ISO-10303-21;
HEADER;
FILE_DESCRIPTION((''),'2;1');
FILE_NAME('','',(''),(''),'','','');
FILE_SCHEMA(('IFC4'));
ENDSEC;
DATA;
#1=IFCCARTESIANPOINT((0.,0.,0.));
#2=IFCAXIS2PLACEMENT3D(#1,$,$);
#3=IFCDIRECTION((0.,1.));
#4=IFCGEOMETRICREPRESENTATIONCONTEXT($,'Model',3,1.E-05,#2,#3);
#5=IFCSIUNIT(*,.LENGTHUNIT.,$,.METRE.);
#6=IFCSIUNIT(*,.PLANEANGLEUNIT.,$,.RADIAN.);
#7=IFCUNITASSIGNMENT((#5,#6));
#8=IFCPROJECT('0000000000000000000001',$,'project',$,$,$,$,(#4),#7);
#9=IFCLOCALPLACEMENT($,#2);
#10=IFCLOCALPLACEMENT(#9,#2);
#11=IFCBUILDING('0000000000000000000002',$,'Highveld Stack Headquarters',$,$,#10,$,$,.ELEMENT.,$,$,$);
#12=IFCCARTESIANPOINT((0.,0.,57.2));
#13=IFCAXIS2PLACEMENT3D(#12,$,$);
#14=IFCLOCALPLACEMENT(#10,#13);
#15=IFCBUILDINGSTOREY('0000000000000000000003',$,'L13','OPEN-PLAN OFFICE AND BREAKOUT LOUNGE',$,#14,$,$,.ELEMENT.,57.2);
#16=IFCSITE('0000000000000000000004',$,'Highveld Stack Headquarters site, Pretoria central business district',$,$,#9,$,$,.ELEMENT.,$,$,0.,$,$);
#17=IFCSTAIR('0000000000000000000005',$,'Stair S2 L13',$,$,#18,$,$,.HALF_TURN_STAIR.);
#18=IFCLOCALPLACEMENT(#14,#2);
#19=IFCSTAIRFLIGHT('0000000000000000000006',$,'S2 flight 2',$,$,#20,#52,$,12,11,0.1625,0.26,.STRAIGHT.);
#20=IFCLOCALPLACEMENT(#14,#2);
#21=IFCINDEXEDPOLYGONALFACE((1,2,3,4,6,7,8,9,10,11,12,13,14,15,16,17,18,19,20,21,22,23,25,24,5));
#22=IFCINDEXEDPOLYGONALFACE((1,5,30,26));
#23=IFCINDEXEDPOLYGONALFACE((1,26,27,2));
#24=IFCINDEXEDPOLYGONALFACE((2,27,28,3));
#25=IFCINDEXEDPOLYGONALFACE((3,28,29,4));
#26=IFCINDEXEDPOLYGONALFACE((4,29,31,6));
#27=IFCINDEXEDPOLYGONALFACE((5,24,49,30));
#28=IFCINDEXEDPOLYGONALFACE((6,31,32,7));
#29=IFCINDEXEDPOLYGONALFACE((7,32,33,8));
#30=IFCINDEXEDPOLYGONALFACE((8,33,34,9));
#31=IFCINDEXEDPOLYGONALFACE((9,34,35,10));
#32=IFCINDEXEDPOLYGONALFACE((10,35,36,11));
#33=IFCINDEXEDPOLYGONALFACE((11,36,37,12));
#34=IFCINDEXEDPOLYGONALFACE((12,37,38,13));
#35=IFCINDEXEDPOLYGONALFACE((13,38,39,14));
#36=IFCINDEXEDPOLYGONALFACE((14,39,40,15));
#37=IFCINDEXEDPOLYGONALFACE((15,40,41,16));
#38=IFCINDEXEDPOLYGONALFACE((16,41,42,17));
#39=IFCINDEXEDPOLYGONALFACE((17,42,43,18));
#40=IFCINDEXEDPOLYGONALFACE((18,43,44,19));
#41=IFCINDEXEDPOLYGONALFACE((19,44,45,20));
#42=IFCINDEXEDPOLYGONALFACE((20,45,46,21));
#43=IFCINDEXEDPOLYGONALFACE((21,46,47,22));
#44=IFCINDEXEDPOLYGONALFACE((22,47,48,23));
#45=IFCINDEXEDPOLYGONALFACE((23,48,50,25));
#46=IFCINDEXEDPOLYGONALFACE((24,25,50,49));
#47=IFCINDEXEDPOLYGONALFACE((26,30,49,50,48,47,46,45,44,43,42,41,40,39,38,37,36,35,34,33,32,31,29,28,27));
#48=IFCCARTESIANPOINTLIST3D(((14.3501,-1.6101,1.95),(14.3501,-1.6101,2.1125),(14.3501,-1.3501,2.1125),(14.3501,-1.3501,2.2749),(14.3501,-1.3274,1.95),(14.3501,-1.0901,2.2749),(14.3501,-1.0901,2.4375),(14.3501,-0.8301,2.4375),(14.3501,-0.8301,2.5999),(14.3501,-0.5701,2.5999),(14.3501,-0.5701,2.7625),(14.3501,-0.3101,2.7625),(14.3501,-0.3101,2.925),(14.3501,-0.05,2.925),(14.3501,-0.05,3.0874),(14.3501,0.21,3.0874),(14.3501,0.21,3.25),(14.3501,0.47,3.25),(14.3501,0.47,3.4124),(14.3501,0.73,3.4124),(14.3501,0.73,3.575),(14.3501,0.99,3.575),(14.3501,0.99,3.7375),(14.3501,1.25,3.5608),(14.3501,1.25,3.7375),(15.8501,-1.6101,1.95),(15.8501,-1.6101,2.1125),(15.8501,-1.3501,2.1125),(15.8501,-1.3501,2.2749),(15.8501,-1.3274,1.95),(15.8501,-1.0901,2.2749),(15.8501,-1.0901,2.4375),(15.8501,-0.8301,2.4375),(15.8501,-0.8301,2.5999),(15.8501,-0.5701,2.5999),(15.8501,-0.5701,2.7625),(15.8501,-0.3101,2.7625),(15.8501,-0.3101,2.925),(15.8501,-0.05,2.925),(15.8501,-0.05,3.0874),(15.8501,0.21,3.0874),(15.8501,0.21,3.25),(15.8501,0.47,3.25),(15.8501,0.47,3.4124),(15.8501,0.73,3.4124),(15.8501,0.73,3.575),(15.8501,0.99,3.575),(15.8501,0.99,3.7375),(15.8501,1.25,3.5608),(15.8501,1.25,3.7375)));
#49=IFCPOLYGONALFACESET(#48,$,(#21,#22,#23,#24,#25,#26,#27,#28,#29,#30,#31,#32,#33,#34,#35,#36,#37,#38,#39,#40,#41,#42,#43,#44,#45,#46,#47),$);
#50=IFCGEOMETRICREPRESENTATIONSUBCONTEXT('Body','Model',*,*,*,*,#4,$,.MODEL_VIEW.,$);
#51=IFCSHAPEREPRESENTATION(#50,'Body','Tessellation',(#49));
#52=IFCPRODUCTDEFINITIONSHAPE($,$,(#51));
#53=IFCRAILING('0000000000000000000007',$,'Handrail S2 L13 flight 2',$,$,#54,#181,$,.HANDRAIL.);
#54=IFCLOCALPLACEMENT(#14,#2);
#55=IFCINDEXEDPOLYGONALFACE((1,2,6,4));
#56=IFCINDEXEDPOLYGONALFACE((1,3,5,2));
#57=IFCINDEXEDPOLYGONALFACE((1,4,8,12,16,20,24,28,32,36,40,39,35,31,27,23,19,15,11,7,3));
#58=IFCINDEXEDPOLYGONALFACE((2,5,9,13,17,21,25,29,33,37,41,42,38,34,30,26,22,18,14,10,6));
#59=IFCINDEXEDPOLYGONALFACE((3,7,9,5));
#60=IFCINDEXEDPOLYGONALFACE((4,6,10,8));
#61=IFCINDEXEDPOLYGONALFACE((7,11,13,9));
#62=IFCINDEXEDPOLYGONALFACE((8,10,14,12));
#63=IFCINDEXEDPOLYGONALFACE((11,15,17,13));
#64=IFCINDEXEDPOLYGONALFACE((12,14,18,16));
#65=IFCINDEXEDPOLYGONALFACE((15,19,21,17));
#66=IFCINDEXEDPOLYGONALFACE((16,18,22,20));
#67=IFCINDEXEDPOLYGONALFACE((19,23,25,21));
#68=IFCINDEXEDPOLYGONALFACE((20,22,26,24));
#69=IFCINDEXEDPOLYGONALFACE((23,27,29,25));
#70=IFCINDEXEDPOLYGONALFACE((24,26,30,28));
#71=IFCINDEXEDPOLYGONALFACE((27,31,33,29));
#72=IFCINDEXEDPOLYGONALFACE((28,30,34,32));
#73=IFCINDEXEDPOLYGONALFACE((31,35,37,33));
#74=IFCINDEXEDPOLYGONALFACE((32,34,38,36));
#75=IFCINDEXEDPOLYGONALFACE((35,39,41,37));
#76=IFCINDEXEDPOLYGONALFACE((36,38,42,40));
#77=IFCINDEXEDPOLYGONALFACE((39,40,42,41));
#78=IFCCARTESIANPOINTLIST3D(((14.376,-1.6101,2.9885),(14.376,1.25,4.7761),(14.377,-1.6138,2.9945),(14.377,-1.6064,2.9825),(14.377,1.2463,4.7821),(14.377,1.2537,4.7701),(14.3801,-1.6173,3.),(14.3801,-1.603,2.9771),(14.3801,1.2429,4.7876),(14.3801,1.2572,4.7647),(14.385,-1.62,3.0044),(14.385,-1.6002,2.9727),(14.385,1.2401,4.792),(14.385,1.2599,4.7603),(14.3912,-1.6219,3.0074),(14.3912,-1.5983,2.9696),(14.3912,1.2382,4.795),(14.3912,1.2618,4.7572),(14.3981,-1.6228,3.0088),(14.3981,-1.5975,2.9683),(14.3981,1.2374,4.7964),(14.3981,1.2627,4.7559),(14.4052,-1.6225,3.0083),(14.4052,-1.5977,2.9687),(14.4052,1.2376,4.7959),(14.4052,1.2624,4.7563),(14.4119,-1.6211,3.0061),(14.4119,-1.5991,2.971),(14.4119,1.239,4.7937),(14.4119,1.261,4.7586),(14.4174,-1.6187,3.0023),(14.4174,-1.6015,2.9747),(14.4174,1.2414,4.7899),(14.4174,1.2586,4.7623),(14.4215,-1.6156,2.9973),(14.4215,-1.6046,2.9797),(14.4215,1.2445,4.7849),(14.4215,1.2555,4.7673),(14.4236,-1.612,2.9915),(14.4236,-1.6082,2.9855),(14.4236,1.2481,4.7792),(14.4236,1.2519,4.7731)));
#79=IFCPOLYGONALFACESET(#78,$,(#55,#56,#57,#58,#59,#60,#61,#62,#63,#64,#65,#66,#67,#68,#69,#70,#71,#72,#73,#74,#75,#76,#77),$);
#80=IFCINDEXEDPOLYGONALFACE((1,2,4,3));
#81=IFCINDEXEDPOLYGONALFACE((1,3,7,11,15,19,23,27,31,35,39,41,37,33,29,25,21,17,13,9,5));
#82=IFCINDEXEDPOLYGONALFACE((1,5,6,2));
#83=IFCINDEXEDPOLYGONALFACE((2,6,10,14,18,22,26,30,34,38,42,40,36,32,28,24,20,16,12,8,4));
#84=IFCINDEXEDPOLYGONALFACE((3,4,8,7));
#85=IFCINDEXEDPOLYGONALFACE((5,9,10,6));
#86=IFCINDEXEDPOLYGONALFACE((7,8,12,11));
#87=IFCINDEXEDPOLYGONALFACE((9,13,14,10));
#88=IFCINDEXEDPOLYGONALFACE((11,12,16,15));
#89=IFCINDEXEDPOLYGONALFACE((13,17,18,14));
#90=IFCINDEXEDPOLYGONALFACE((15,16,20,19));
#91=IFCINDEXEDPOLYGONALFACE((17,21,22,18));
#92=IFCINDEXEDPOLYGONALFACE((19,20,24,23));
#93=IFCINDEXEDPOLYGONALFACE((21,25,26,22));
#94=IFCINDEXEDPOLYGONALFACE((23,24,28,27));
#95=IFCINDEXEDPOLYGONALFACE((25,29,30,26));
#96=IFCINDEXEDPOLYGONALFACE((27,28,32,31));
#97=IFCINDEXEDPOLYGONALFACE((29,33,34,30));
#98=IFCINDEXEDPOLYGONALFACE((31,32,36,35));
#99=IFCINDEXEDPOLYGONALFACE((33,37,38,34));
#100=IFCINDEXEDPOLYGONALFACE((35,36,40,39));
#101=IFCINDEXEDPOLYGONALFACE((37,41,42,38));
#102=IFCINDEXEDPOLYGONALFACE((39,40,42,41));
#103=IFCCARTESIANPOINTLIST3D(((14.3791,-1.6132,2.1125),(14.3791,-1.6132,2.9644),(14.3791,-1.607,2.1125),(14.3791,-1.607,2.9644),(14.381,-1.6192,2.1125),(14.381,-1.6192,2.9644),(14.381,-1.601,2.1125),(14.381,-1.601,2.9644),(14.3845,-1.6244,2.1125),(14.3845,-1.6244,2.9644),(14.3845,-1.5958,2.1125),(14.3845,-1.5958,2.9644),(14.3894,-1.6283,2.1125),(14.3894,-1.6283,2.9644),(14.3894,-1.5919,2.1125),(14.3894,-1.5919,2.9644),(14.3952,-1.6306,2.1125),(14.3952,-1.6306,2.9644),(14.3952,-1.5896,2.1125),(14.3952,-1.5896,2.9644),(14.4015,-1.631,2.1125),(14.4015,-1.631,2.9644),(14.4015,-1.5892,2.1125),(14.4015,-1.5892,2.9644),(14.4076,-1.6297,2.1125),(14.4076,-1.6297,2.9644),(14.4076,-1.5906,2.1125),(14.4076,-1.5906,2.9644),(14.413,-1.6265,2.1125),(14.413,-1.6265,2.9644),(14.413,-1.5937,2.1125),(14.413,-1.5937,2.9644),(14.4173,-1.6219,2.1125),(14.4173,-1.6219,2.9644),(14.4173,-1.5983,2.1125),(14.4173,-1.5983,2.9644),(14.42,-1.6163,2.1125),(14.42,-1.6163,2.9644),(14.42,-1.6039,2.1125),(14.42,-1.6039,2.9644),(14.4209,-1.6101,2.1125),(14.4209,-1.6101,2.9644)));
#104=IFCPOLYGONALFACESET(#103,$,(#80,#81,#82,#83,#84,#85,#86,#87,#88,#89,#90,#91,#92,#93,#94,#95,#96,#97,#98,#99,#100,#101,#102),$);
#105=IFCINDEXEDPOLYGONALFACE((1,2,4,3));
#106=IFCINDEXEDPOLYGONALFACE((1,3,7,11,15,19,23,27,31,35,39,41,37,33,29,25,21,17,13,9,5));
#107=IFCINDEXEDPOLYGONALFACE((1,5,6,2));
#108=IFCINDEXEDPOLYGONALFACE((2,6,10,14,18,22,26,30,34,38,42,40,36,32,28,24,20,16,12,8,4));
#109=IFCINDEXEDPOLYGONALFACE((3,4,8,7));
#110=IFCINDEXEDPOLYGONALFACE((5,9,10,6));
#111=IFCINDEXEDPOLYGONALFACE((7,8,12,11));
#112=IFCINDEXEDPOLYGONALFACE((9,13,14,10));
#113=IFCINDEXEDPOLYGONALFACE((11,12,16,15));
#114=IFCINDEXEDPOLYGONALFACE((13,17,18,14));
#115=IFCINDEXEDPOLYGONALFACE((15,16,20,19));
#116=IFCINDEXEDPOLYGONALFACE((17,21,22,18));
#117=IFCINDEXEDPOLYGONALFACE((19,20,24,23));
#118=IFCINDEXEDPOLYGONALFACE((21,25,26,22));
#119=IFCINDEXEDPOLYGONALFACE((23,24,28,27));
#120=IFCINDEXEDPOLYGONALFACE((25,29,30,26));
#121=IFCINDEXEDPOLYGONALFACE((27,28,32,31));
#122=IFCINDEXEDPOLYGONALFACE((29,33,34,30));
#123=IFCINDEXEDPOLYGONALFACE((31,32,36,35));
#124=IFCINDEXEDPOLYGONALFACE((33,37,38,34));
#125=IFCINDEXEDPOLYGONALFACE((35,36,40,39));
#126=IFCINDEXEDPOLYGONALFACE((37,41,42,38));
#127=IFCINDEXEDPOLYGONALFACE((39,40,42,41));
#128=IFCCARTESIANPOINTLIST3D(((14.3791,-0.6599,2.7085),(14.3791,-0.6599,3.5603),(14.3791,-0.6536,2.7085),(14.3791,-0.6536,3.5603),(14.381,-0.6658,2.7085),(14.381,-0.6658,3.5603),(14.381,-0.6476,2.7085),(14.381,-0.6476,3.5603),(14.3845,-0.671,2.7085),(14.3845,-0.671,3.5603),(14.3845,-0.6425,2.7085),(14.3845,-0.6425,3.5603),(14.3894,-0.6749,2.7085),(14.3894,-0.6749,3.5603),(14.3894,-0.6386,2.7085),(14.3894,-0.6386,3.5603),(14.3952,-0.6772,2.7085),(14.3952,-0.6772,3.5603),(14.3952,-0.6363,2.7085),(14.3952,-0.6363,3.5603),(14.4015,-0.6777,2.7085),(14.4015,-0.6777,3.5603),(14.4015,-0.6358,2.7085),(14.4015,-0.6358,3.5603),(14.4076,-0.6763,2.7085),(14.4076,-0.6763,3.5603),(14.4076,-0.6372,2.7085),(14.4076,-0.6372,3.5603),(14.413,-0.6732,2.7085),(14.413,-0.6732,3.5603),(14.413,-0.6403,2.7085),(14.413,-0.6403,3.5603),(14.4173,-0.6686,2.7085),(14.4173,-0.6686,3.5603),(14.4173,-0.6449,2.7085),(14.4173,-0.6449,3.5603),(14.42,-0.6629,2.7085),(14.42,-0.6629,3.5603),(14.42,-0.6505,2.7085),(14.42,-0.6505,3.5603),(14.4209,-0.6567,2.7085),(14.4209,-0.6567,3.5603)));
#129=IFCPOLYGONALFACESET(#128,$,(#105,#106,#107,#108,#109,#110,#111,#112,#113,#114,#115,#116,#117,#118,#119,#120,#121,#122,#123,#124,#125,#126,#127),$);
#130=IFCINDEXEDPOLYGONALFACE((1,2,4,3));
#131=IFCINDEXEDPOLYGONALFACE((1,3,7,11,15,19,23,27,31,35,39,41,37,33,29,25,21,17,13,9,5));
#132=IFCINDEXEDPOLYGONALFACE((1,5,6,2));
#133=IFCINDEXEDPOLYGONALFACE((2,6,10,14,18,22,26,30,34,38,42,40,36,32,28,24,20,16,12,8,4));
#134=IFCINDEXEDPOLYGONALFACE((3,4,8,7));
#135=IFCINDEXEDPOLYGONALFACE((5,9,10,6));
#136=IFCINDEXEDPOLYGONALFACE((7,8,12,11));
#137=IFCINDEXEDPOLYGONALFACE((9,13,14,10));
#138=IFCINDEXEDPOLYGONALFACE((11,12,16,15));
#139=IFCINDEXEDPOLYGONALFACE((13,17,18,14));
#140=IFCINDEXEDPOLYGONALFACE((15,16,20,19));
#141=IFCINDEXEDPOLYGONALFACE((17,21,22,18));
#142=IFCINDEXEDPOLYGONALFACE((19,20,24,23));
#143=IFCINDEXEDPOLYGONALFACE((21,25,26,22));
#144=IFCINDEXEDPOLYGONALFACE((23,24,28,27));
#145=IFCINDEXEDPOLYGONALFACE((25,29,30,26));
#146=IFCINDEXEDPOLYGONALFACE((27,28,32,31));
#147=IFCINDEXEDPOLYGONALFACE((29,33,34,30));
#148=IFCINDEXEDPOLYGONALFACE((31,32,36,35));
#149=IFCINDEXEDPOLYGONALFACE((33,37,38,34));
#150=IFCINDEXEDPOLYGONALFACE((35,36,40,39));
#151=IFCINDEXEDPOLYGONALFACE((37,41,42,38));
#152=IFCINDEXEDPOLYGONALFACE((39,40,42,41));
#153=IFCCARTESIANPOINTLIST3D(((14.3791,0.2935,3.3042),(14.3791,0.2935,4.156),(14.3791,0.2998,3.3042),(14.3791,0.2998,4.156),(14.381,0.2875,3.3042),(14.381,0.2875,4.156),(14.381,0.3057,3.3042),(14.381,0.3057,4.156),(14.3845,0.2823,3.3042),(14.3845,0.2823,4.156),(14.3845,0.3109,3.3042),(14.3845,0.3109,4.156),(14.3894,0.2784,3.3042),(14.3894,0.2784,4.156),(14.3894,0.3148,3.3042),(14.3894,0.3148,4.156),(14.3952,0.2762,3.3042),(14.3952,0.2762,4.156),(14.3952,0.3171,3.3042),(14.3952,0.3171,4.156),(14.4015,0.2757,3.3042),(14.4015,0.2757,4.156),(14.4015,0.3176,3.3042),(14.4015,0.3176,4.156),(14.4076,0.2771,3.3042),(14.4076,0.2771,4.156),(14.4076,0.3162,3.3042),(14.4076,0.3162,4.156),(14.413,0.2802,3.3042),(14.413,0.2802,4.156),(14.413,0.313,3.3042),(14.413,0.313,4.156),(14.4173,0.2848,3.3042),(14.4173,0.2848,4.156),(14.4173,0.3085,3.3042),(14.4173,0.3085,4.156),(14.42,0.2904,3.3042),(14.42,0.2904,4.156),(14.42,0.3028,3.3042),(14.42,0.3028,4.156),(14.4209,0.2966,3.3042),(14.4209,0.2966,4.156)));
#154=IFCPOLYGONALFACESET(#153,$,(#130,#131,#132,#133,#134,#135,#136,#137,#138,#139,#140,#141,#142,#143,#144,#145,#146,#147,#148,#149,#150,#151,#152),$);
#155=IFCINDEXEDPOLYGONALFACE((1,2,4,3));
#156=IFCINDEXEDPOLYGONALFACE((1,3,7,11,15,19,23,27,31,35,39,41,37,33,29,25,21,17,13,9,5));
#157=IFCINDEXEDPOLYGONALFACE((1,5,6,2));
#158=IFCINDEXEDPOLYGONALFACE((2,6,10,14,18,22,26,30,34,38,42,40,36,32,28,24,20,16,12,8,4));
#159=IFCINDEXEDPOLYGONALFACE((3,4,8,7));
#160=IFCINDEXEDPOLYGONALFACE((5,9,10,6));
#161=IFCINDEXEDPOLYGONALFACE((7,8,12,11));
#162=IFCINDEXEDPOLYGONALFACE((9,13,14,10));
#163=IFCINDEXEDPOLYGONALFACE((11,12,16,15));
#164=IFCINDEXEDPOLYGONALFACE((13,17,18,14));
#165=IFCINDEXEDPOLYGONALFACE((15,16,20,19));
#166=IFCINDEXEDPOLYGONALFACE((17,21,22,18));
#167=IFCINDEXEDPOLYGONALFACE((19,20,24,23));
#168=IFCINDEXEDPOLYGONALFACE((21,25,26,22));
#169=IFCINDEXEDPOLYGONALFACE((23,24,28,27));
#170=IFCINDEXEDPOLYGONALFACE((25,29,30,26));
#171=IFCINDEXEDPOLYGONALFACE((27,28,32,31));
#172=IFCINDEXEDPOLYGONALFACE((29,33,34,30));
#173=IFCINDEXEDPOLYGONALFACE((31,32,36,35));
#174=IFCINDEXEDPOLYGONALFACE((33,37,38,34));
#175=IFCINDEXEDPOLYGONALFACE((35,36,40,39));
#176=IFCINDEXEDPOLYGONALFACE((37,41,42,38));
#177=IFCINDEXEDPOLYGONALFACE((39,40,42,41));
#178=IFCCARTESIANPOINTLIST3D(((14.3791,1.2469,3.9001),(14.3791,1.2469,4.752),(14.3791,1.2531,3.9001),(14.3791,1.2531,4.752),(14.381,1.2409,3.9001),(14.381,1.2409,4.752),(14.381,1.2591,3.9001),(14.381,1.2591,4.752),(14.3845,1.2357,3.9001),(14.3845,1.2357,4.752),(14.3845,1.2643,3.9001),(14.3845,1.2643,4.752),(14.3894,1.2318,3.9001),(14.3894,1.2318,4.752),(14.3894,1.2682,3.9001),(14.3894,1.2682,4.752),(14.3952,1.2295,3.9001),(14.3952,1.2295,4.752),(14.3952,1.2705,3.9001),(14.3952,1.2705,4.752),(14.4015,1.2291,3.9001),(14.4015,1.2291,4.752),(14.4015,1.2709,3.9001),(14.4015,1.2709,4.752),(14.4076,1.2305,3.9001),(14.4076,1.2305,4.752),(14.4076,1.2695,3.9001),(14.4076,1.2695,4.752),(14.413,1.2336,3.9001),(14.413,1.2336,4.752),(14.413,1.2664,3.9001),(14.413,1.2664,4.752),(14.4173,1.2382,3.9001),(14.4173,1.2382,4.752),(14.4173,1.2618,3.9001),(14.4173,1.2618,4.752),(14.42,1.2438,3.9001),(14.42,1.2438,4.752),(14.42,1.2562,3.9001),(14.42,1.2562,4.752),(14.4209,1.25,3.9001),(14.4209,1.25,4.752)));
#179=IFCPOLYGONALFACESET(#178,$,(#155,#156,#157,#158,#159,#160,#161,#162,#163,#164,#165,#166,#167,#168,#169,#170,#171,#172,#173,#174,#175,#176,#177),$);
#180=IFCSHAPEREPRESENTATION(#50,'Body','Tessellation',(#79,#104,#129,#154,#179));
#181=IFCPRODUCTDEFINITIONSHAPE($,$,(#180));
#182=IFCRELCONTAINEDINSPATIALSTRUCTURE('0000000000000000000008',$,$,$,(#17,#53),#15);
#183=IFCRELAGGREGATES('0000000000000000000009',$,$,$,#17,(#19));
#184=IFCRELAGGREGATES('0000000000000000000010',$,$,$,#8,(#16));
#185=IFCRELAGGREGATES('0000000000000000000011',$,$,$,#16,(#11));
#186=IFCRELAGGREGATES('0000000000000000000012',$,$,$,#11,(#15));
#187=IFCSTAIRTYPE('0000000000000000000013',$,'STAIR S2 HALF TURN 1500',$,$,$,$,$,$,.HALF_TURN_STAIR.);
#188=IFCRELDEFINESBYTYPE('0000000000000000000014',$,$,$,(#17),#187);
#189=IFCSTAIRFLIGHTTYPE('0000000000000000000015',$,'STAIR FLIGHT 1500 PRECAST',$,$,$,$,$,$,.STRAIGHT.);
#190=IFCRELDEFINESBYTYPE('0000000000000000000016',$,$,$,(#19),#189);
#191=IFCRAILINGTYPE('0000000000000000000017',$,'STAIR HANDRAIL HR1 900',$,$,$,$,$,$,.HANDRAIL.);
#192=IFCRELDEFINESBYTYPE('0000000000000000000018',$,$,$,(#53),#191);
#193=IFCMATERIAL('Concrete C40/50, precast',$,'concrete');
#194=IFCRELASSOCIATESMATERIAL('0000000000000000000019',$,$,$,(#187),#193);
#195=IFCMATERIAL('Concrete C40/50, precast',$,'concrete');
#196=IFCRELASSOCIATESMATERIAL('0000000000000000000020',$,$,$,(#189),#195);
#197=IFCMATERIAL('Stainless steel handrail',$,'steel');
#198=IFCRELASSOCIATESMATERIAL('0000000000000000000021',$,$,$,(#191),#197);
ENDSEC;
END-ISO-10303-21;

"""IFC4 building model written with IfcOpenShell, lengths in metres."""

from ifc_helpers import new_model, si_unit, direction, frame, origin, origin_2d, place, context, subcontext, project, spatial, polyline, circle, outline, extrude, material, type_object, element, aggregate, save


model = new_model("IFC4")

# Units and contexts
model_context = context("Model", 3, precision=1e-05, world=origin(), true_north=direction((0.0, 1.0)))
body_context = subcontext(model_context, "Body", "Model", "MODEL_VIEW")
ifc_project = project(units=[si_unit("LENGTHUNIT", "METRE"), si_unit("PLANEANGLEUNIT", "RADIAN")], contexts=[model_context])

# Site, building, storey
site_placement = place(None, origin())
site = spatial("IfcSite", under=ifc_project, at=site_placement, Name="Highveld Stack Headquarters site, Pretoria central business district", CompositionType="ELEMENT", RefElevation=0.0)
building_placement = place(site_placement, origin())
building = spatial("IfcBuilding", under=site, at=building_placement, Name="Highveld Stack Headquarters", CompositionType="ELEMENT")
storey_placement = place(building_placement, frame((0.0, 0.0, 57.2)))
storey = spatial("IfcBuildingStorey", under=building, at=storey_placement, Name="L13", Description="OPEN-PLAN OFFICE AND BREAKOUT LOUNGE", CompositionType="ELEMENT", Elevation=57.2)

# Stair, stair flight
ifc_material_1 = material(Name="Concrete C40/50, precast", Category="concrete")
stair_type = type_object("IfcStairType", Name="STAIR S2 HALF TURN 1500", PredefinedType="HALF_TURN_STAIR", material=ifc_material_1)
stair_placement = place(storey_placement, origin())
stair = element("IfcStair", 1, at=stair_placement, inside=storey, type_object=stair_type, Name="Stair S2 L13", PredefinedType="HALF_TURN_STAIR")
ifc_material_2 = material(Name="Concrete C40/50, precast", Category="concrete")
stair_flight_type = type_object("IfcStairFlightType", Name="STAIR FLIGHT 1500 PRECAST", PredefinedType="STRAIGHT", material=ifc_material_2)
stair_flight_placement = place(storey_placement, frame((15.1001, -1.6101, 1.95), z_axis=(0.0, 0.0, 1.0), x_axis=(0.0, 1.0, 0.0)))
stair_flight = element("IfcStairFlight", 2, at=stair_flight_placement, type_object=stair_flight_type, Name="S2 flight 2", NumberOfRisers=12, NumberOfTreads=11, PredefinedType="STRAIGHT", RiserHeight=0.1625, TreadLength=0.26, context=body_context, shape_type="SweptSolid", body=[
    extrude(outline(polyline([(0.0, 0.0), (0.0, 0.1626), (0.26, 0.1626), (0.26, 0.325), (0.52, 0.325), (0.52, 0.4875), (0.78, 0.4875), (0.78, 0.6499), (1.04, 0.6499), (1.04, 0.8125), (1.3, 0.8125), (1.3, 0.9751), (1.5601, 0.9751), (1.5601, 1.1375), (1.8201, 1.1375), (1.8201, 1.3), (2.0801, 1.3), (2.0801, 1.4624), (2.3401, 1.4624), (2.3401, 1.625), (2.6001, 1.625), (2.6001, 1.7876), (2.8601, 1.7876), (2.8601, 1.95), (2.8601, 1.6108), (0.2827, 0.0), (0.0, 0.0)])), frame((0.0, 0.75, 0.0), z_axis=(0.0, -1.0, 0.0), x_axis=(1.0, 0.0, 0.0)), (0.0, 0.0, 1.0), 1.5),
])
aggregate(stair, [stair_flight])

# Railing
ifc_material_3 = material(Name="Stainless steel handrail", Category="steel")
railing_type = type_object("IfcRailingType", Name="STAIR HANDRAIL HR1 900", PredefinedType="HANDRAIL", material=ifc_material_3)
for number, where, name in (
    (3, (14.3999, -1.6101, 2.1125), "Handrail S2 L13 flight 2"),
):
    element("IfcRailing", number, at=place(storey_placement, frame(where)), inside=storey, type_object=railing_type, Name=name, PredefinedType="HANDRAIL", context=body_context, shape_type="SweptSolid", body=[
        extrude(circle(Radius=0.0239, at=origin_2d()), frame((0.0, 0.0, 0.876), z_axis=(0.0, 0.847994, 0.530005), x_axis=(-1.0, 0.0, 0.0)), (0.0, 0.0, 1.0), 3.3728),
        extrude(circle(Radius=0.021, at=origin_2d()), origin(), (0.0, 0.0, 1.0), 0.8518),
        extrude(circle(Radius=0.021, at=origin_2d()), frame((0.0, 0.9534, 0.5959)), (0.0, 0.0, 1.0), 0.8518),
        extrude(circle(Radius=0.021, at=origin_2d()), frame((0.0, 1.9067, 1.1917)), (0.0, 0.0, 1.0), 0.8518),
        extrude(circle(Radius=0.021, at=origin_2d()), frame((0.0, 2.8601, 1.7876)), (0.0, 0.0, 1.0), 0.8518),
    ])

save(model, "model.ifc")
